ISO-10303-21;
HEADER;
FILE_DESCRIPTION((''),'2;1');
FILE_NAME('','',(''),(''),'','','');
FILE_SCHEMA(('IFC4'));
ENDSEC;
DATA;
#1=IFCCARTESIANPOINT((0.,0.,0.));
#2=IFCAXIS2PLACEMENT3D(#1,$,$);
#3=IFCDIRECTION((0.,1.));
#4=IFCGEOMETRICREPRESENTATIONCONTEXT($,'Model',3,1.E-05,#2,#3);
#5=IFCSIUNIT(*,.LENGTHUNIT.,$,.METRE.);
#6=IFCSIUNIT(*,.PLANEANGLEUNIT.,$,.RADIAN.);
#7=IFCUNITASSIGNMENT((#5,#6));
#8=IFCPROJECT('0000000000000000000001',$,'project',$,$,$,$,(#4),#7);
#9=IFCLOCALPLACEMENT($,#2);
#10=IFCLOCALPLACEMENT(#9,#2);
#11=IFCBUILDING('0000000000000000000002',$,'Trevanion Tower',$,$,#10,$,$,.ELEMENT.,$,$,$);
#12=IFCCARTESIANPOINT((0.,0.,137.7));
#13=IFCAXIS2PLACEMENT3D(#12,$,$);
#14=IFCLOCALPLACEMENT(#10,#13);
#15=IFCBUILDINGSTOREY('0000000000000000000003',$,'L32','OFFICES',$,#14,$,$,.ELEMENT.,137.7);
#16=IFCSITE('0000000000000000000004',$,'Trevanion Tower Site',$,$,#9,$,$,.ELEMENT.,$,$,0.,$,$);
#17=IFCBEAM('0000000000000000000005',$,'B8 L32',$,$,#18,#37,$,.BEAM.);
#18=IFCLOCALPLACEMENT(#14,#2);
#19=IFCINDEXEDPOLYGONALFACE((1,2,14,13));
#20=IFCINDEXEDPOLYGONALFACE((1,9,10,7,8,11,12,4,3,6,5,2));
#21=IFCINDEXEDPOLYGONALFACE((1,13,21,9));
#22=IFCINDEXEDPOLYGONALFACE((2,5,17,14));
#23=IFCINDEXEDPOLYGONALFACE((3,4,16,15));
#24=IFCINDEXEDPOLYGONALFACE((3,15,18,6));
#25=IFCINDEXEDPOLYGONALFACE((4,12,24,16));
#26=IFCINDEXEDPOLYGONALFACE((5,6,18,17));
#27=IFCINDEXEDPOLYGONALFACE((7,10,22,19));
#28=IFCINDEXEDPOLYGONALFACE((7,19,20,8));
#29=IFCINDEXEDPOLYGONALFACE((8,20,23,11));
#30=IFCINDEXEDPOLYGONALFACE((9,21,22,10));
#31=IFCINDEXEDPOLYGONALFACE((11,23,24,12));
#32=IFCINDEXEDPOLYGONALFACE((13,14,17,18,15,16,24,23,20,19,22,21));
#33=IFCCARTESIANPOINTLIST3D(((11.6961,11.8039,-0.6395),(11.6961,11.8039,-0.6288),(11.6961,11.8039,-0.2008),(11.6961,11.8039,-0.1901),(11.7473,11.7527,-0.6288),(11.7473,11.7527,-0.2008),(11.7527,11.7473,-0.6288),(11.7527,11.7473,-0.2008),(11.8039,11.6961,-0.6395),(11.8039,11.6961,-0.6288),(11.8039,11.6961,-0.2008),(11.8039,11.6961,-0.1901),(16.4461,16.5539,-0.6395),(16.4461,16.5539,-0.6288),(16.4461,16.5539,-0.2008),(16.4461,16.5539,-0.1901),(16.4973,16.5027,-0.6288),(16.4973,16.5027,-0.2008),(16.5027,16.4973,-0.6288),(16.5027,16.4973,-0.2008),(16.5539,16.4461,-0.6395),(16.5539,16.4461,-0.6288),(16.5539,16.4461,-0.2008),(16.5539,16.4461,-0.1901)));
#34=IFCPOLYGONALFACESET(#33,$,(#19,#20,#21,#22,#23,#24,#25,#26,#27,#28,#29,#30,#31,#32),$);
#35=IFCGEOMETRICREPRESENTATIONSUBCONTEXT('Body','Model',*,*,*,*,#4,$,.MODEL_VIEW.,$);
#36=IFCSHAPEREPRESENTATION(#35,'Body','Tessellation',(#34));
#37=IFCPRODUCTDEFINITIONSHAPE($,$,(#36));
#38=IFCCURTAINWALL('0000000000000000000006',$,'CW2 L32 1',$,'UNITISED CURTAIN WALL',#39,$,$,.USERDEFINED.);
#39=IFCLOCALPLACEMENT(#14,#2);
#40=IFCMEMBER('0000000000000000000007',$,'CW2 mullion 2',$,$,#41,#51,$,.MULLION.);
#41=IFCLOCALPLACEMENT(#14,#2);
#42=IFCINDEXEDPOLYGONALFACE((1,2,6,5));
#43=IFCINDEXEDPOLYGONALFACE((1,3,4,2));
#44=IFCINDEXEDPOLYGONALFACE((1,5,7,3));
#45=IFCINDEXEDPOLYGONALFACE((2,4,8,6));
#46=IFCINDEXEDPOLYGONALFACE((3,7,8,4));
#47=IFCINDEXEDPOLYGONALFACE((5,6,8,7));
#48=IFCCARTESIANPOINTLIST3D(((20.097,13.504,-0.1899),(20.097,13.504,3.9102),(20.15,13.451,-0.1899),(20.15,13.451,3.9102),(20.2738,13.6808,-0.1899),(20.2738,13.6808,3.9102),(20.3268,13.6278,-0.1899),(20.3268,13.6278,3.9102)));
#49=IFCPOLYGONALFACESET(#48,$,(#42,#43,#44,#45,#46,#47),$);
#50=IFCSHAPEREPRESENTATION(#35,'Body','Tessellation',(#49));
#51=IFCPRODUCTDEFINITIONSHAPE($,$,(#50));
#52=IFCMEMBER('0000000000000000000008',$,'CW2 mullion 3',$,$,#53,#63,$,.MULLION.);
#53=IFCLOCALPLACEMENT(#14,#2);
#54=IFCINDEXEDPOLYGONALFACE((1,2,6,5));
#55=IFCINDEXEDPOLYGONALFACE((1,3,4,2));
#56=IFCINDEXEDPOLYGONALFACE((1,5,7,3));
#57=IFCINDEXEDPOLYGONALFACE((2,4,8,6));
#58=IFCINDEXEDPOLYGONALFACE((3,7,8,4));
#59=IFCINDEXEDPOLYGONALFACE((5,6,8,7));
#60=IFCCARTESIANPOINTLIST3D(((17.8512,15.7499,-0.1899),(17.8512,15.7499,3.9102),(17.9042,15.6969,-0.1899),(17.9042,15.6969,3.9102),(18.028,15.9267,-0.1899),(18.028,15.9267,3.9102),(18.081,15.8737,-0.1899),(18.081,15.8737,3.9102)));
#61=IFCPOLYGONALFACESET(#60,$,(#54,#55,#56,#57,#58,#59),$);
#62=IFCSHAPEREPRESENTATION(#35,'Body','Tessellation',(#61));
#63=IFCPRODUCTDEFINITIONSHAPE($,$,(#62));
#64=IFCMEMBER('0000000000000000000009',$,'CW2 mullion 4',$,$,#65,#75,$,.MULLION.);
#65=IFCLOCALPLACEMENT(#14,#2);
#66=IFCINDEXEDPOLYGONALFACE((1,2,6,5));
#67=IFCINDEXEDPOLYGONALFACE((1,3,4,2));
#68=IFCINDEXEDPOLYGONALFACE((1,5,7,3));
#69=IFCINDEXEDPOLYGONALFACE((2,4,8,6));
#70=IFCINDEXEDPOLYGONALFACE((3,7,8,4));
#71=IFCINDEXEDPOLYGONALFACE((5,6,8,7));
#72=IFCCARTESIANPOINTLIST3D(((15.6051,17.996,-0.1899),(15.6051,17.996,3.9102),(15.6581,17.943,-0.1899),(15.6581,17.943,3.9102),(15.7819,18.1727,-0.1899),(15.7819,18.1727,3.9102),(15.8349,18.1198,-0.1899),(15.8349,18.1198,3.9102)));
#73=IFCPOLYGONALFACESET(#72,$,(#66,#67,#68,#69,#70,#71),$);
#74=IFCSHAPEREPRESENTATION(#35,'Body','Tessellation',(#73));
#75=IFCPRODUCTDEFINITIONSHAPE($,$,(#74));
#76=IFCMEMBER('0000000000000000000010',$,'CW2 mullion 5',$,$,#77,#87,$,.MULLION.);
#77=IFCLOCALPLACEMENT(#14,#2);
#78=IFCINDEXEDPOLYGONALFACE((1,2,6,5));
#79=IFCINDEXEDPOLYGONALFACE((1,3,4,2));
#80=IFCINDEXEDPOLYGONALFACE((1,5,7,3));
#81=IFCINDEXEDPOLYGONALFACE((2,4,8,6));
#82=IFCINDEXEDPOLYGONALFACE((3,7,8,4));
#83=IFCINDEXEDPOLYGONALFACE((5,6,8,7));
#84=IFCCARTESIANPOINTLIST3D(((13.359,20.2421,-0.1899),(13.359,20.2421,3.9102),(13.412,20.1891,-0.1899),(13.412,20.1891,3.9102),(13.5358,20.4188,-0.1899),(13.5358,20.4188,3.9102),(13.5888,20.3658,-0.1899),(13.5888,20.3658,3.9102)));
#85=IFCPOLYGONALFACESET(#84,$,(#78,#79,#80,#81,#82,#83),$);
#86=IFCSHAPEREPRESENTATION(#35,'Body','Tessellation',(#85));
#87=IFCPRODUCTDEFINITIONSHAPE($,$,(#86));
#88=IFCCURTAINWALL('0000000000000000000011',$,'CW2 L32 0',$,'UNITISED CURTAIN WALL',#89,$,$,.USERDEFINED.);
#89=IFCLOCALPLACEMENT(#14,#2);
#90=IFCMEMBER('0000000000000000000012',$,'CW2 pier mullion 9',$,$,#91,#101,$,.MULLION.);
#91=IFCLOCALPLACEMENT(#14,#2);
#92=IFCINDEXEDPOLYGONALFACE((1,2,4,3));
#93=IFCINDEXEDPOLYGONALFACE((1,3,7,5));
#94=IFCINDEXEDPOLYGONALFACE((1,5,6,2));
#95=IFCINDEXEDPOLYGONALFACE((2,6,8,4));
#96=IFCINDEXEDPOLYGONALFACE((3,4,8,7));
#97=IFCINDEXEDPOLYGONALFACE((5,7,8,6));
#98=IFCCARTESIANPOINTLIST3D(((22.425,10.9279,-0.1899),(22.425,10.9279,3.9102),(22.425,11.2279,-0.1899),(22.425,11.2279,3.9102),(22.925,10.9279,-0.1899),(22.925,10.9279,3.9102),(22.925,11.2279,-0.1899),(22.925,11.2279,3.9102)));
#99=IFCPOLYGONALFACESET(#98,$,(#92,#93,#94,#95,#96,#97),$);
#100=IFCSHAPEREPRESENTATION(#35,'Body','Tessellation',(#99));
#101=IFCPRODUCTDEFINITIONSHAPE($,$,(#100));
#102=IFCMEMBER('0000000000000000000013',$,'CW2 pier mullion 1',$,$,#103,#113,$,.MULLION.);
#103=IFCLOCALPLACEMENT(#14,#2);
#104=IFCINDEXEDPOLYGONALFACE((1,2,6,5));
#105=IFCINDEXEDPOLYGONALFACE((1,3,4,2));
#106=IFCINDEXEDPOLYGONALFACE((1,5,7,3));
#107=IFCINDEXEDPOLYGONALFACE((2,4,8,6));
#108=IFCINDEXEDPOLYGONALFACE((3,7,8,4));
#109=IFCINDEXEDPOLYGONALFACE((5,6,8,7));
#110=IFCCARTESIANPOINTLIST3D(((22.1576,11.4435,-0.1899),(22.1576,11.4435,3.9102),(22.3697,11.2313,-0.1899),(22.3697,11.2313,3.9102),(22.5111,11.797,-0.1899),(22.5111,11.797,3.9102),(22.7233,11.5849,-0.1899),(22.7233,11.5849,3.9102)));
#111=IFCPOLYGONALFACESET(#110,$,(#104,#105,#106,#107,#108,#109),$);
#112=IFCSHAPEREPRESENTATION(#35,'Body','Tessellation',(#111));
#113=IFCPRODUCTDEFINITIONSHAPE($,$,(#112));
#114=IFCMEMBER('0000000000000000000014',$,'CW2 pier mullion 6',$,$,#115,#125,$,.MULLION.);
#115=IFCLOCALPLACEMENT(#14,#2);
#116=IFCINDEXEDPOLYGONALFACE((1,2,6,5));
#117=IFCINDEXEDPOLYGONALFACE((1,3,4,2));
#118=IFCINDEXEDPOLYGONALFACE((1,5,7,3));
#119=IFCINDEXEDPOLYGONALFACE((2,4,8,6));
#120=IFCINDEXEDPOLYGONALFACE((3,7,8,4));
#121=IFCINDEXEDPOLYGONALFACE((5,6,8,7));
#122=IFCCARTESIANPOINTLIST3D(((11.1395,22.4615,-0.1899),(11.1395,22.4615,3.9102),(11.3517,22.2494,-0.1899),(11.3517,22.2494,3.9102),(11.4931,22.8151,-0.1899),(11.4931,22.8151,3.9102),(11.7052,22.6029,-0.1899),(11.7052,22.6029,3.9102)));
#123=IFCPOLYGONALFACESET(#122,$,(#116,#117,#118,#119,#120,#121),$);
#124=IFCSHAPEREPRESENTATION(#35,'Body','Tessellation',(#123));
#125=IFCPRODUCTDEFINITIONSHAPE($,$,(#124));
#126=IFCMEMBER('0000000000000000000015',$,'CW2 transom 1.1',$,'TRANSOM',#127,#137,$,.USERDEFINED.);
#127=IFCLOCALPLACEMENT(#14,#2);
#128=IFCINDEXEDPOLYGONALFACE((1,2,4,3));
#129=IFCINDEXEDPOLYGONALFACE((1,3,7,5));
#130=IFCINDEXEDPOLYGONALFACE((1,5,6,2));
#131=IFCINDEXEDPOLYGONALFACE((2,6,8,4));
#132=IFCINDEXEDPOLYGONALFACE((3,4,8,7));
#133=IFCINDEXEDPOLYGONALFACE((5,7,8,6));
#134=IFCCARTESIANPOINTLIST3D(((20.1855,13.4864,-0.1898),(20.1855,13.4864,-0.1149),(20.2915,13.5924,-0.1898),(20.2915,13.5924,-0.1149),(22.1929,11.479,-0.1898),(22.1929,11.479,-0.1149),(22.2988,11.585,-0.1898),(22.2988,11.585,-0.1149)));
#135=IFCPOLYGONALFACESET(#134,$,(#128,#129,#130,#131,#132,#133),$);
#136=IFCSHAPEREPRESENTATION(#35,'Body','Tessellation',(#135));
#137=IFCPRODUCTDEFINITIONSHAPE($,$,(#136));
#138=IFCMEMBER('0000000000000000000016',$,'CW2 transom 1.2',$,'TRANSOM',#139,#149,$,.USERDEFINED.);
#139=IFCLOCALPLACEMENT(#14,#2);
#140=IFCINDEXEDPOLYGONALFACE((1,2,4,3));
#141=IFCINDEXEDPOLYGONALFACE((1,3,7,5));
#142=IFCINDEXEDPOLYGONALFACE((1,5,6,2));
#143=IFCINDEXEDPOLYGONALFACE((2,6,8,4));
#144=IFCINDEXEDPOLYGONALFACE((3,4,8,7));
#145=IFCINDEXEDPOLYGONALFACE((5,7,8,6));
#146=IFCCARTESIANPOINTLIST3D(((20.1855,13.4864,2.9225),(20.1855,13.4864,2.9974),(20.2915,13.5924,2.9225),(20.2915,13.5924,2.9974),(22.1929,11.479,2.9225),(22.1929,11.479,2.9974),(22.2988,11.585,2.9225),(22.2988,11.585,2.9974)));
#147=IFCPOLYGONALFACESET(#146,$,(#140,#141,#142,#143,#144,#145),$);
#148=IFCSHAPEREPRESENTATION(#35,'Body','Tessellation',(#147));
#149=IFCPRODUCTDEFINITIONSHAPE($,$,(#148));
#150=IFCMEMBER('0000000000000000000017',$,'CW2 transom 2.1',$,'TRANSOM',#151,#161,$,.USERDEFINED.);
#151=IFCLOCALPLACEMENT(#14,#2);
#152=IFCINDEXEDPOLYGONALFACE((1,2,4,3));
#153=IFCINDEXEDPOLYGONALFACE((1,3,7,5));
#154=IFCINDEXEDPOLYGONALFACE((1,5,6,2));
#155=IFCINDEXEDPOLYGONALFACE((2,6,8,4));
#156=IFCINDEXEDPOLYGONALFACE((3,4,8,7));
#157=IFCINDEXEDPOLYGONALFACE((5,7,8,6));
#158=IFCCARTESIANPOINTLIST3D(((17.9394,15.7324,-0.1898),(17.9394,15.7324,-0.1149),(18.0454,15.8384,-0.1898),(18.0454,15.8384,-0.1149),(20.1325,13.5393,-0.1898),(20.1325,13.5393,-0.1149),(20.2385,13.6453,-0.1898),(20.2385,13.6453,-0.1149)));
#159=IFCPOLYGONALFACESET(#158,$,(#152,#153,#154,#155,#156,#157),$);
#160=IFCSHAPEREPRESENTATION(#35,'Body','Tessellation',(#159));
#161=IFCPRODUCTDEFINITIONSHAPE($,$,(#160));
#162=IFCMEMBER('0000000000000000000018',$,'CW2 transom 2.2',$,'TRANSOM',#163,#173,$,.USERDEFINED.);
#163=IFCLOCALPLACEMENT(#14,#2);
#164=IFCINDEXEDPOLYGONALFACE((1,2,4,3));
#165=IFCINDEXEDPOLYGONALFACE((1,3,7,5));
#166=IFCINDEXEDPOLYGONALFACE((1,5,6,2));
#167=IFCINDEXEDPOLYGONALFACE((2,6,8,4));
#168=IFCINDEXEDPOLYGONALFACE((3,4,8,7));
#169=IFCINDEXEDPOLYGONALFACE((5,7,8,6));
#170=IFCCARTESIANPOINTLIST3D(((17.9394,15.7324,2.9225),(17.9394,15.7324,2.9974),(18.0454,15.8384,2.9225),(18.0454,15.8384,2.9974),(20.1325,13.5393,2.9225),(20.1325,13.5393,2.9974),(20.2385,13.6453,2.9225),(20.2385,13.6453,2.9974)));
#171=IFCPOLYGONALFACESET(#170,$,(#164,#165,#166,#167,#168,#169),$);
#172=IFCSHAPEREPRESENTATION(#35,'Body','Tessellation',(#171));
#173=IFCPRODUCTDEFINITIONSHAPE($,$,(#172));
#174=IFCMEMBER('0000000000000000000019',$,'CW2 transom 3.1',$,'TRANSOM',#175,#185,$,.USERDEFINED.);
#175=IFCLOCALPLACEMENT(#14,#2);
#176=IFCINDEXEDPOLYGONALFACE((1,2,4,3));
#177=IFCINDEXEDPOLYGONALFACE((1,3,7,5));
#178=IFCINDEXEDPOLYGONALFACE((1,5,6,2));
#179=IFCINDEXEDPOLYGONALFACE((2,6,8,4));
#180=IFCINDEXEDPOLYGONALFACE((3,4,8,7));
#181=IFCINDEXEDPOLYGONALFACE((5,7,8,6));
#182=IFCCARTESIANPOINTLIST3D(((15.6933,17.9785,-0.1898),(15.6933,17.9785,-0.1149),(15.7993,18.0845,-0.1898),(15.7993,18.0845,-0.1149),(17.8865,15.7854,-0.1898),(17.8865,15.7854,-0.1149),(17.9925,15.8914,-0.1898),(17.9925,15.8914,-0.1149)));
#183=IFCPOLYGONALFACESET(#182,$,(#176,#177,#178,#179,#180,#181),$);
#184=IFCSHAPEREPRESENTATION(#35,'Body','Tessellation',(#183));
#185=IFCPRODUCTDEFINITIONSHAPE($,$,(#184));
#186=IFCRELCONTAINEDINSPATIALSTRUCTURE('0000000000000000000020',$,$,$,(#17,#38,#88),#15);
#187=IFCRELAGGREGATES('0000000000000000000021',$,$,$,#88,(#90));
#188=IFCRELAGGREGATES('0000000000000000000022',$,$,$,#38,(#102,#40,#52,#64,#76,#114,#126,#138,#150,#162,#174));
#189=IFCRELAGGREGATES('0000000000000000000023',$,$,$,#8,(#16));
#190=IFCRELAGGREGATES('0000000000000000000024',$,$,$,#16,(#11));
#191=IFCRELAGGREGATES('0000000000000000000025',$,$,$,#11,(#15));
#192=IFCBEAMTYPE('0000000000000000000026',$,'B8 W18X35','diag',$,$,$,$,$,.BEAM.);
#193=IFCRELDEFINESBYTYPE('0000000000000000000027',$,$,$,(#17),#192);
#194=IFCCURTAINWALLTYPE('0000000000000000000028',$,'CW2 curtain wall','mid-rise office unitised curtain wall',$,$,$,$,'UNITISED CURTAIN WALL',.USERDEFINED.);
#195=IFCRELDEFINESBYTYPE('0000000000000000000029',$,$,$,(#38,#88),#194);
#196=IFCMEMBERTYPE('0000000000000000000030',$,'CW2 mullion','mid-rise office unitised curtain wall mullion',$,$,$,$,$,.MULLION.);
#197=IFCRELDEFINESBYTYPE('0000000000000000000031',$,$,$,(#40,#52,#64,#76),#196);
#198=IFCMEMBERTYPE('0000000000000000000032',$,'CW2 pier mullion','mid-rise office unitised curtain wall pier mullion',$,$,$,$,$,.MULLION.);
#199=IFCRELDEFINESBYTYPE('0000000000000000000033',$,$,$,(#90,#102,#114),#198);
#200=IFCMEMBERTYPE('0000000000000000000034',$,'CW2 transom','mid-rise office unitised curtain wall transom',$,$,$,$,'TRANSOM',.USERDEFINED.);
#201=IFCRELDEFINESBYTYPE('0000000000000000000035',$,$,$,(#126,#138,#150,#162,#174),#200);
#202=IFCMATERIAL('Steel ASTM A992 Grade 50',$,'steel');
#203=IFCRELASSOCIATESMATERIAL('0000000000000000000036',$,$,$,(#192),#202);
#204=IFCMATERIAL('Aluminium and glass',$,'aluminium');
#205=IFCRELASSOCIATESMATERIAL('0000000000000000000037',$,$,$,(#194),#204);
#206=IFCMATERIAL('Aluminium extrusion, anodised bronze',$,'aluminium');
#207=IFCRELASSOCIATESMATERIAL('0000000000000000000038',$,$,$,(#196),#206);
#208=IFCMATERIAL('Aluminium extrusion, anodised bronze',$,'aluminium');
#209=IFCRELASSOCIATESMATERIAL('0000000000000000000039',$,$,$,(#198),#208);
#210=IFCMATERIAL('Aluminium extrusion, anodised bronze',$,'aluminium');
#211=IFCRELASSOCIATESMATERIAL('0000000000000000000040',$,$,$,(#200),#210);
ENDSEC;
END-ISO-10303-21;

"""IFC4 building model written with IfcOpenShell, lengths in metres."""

from ifc_helpers import new_model, si_unit, direction, frame, origin, origin_2d, place, context, subcontext, project, spatial, rectangle, i_section, extrude, material, material_profile, profile_set, type_object, element, aggregate, save


model = new_model("IFC4")

# Units and contexts
model_context = context("Model", 3, precision=1e-05, world=origin(), true_north=direction((0.0, 1.0)))
body_context = subcontext(model_context, "Body", "Model", "MODEL_VIEW")
ifc_project = project(units=[si_unit("LENGTHUNIT", "METRE"), si_unit("PLANEANGLEUNIT", "RADIAN")], contexts=[model_context])

# Site, building, storey
site_placement = place(None, origin())
site = spatial("IfcSite", under=ifc_project, at=site_placement, Name="Trevanion Tower Site", CompositionType="ELEMENT", RefElevation=0.0)
building_placement = place(site_placement, origin())
building = spatial("IfcBuilding", under=site, at=building_placement, Name="Trevanion Tower", CompositionType="ELEMENT")
storey_placement = place(building_placement, frame((0.0, 0.0, 137.7)))
storey = spatial("IfcBuildingStorey", under=building, at=storey_placement, Name="L32", Description="OFFICES", CompositionType="ELEMENT", Elevation=137.7)

# Beam
ifc_material_1 = material(Name="Steel ASTM A992 Grade 50", Category="steel")
ifc_material_profile_1 = material_profile(ifc_material_1, i_section(OverallWidth=0.1523, OverallDepth=0.4495, WebThickness=0.0076, FlangeThickness=0.0107, at=origin_2d()), Name="W18X35")
ifc_profile_set_1 = profile_set([ifc_material_profile_1], Name="Steel ASTM A992 Grade 50")
beam_type_1 = type_object("IfcBeamType", Name="B8 W18X35", Description="diag", PredefinedType="BEAM", material=ifc_profile_set_1)
beam_1_placement = place(storey_placement, frame((11.75, 11.75, -0.4148), z_axis=(0.707107, 0.707107, 0.0), x_axis=(-0.707107, 0.707107, 0.0)))
element("IfcBeam", 1, at=beam_1_placement, inside=storey, type_object=beam_type_1, Name="B8 L32", PredefinedType="BEAM", context=body_context, shape_type="SweptSolid", body=[
    extrude(i_section(OverallWidth=0.1523, OverallDepth=0.4495, WebThickness=0.0076, FlangeThickness=0.0107, at=origin_2d()), origin(), (0.0, 0.0, 1.0), 6.7175),
])

# Curtain wall, members
ifc_material_2 = material(Name="Aluminium and glass", Category="aluminium")
curtain_wall_type = type_object("IfcCurtainWallType", Name="CW2 curtain wall", Description="mid-rise office unitised curtain wall", ElementType="UNITISED CURTAIN WALL", PredefinedType="USERDEFINED", material=ifc_material_2)
curtain_wall_1_placement = place(storey_placement, origin())
curtain_wall_1 = element("IfcCurtainWall", 2, at=curtain_wall_1_placement, inside=storey, type_object=curtain_wall_type, Name="CW2 L32 1", ObjectType="UNITISED CURTAIN WALL", PredefinedType="USERDEFINED")
ifc_material_3 = material(Name="Aluminium extrusion, anodised bronze", Category="aluminium")
ifc_material_profile_2 = material_profile(ifc_material_3, rectangle(XDim=0.075, YDim=0.25, at=origin_2d()), Name="CW2 mullion")
ifc_profile_set_2 = profile_set([ifc_material_profile_2], Name="Aluminium extrusion, anodised bronze")
member_type_1 = type_object("IfcMemberType", Name="CW2 mullion", Description="mid-rise office unitised curtain wall mullion", PredefinedType="MULLION", material=ifc_profile_set_2)
member_1_placement = place(storey_placement, frame((20.2119, 13.5659, -0.1899), z_axis=(0.0, 0.0, 1.0), x_axis=(-0.707107, 0.707107, 0.0)))
member_1 = element("IfcMember", 3, at=member_1_placement, type_object=member_type_1, Name="CW2 mullion 2", PredefinedType="MULLION", context=body_context, shape_type="SweptSolid", body=[
    extrude(rectangle(XDim=0.075, YDim=0.25, at=origin_2d()), origin(), (0.0, 0.0, 1.0), 4.1001),
])
member_2_placement = place(storey_placement, frame((17.9661, 15.8118, -0.1899), z_axis=(0.0, 0.0, 1.0), x_axis=(-0.707107, 0.707107, 0.0)))
member_2 = element("IfcMember", 4, at=member_2_placement, type_object=member_type_1, Name="CW2 mullion 3", PredefinedType="MULLION", context=body_context, shape_type="SweptSolid", body=[
    extrude(rectangle(XDim=0.075, YDim=0.25, at=origin_2d()), origin(), (0.0, 0.0, 1.0), 4.1001),
])
member_3_placement = place(storey_placement, frame((15.72, 18.0579, -0.1899), z_axis=(0.0, 0.0, 1.0), x_axis=(-0.707107, 0.707107, 0.0)))
member_3 = element("IfcMember", 5, at=member_3_placement, type_object=member_type_1, Name="CW2 mullion 4", PredefinedType="MULLION", context=body_context, shape_type="SweptSolid", body=[
    extrude(rectangle(XDim=0.075, YDim=0.25, at=origin_2d()), origin(), (0.0, 0.0, 1.0), 4.1001),
])
member_4_placement = place(storey_placement, frame((13.4739, 20.304, -0.1899), z_axis=(0.0, 0.0, 1.0), x_axis=(-0.707107, 0.707107, 0.0)))
member_4 = element("IfcMember", 6, at=member_4_placement, type_object=member_type_1, Name="CW2 mullion 5", PredefinedType="MULLION", context=body_context, shape_type="SweptSolid", body=[
    extrude(rectangle(XDim=0.075, YDim=0.25, at=origin_2d()), origin(), (0.0, 0.0, 1.0), 4.1001),
])

# Curtain wall, member
curtain_wall_2_placement = place(storey_placement, origin())
curtain_wall_2 = element("IfcCurtainWall", 7, at=curtain_wall_2_placement, inside=storey, type_object=curtain_wall_type, Name="CW2 L32 0", ObjectType="UNITISED CURTAIN WALL", PredefinedType="USERDEFINED")
ifc_material_4 = material(Name="Aluminium extrusion, anodised bronze", Category="aluminium")
ifc_material_profile_3 = material_profile(ifc_material_4, rectangle(XDim=0.3, YDim=0.5, at=origin_2d()), Name="CW2 pier mullion")
ifc_profile_set_3 = profile_set([ifc_material_profile_3], Name="Aluminium extrusion, anodised bronze")
member_type_2 = type_object("IfcMemberType", Name="CW2 pier mullion", Description="mid-rise office unitised curtain wall pier mullion", PredefinedType="MULLION", material=ifc_profile_set_3)
member_5_placement = place(storey_placement, frame((22.675, 11.0779, -0.1899), z_axis=(0.0, 0.0, 1.0), x_axis=(0.0, 1.0, 0.0)))
member_5 = element("IfcMember", 8, at=member_5_placement, type_object=member_type_2, Name="CW2 pier mullion 9", PredefinedType="MULLION", context=body_context, shape_type="SweptSolid", body=[
    extrude(rectangle(XDim=0.3, YDim=0.5, at=origin_2d()), origin(), (0.0, 0.0, 1.0), 4.1001),
])
aggregate(curtain_wall_2, [member_5])

# Members
member_6_placement = place(storey_placement, frame((22.4404, 11.5142, -0.1899), z_axis=(0.0, 0.0, 1.0), x_axis=(-0.707107, 0.707107, 0.0)))
member_6 = element("IfcMember", 9, at=member_6_placement, type_object=member_type_2, Name="CW2 pier mullion 1", PredefinedType="MULLION", context=body_context, shape_type="SweptSolid", body=[
    extrude(rectangle(XDim=0.3, YDim=0.5, at=origin_2d()), origin(), (0.0, 0.0, 1.0), 4.1001),
])
member_7_placement = place(storey_placement, frame((11.4224, 22.5322, -0.1899), z_axis=(0.0, 0.0, 1.0), x_axis=(-0.707107, 0.707107, 0.0)))
member_7 = element("IfcMember", 10, at=member_7_placement, type_object=member_type_2, Name="CW2 pier mullion 6", PredefinedType="MULLION", context=body_context, shape_type="SweptSolid", body=[
    extrude(rectangle(XDim=0.3, YDim=0.5, at=origin_2d()), origin(), (0.0, 0.0, 1.0), 4.1001),
])
ifc_material_5 = material(Name="Aluminium extrusion, anodised bronze", Category="aluminium")
ifc_material_profile_4 = material_profile(ifc_material_5, rectangle(XDim=0.1499, YDim=0.075, at=origin_2d()), Name="CW2 transom")
ifc_profile_set_4 = profile_set([ifc_material_profile_4], Name="Aluminium extrusion, anodised bronze")
member_type_3 = type_object("IfcMemberType", Name="CW2 transom", Description="mid-rise office unitised curtain wall transom", ElementType="TRANSOM", PredefinedType="USERDEFINED", material=ifc_profile_set_4)
member_8_placement = place(storey_placement, frame((22.2458, 11.532, -0.1523), z_axis=(-0.707107, 0.707107, 0.0), x_axis=(-0.707107, -0.707107, 0.0)))
member_8 = element("IfcMember", 11, at=member_8_placement, type_object=member_type_3, Name="CW2 transom 1.1", ObjectType="TRANSOM", PredefinedType="USERDEFINED", context=body_context, shape_type="SweptSolid", body=[
    extrude(rectangle(XDim=0.1499, YDim=0.075, at=origin_2d()), origin(), (0.0, 0.0, 1.0), 2.8389),
])
member_9_placement = place(storey_placement, frame((22.2458, 11.532, 2.96), z_axis=(-0.707107, 0.707107, 0.0), x_axis=(-0.707107, -0.707107, 0.0)))
member_9 = element("IfcMember", 12, at=member_9_placement, type_object=member_type_3, Name="CW2 transom 1.2", ObjectType="TRANSOM", PredefinedType="USERDEFINED", context=body_context, shape_type="SweptSolid", body=[
    extrude(rectangle(XDim=0.1499, YDim=0.075, at=origin_2d()), origin(), (0.0, 0.0, 1.0), 2.8389),
])
member_10_placement = place(storey_placement, frame((20.1855, 13.5923, -0.1523), z_axis=(-0.707107, 0.707107, 0.0), x_axis=(-0.707107, -0.707107, 0.0)))
member_10 = element("IfcMember", 13, at=member_10_placement, type_object=member_type_3, Name="CW2 transom 2.1", ObjectType="TRANSOM", PredefinedType="USERDEFINED", context=body_context, shape_type="SweptSolid", body=[
    extrude(rectangle(XDim=0.1499, YDim=0.075, at=origin_2d()), origin(), (0.0, 0.0, 1.0), 3.1016),
])
member_11_placement = place(storey_placement, frame((20.1855, 13.5923, 2.96), z_axis=(-0.707107, 0.707107, 0.0), x_axis=(-0.707107, -0.707107, 0.0)))
member_11 = element("IfcMember", 14, at=member_11_placement, type_object=member_type_3, Name="CW2 transom 2.2", ObjectType="TRANSOM", PredefinedType="USERDEFINED", context=body_context, shape_type="SweptSolid", body=[
    extrude(rectangle(XDim=0.1499, YDim=0.075, at=origin_2d()), origin(), (0.0, 0.0, 1.0), 3.1016),
])
member_12_placement = place(storey_placement, frame((17.9395, 15.8384, -0.1523), z_axis=(-0.707107, 0.707107, 0.0), x_axis=(-0.707107, -0.707107, 0.0)))
member_12 = element("IfcMember", 15, at=member_12_placement, type_object=member_type_3, Name="CW2 transom 3.1", ObjectType="TRANSOM", PredefinedType="USERDEFINED", context=body_context, shape_type="SweptSolid", body=[
    extrude(rectangle(XDim=0.1499, YDim=0.075, at=origin_2d()), origin(), (0.0, 0.0, 1.0), 3.1016),
])

aggregate(curtain_wall_1, [member_6, member_1, member_2, member_3, member_4, member_7, member_8, member_9, member_10, member_11, member_12])

save(model, "model.ifc")
